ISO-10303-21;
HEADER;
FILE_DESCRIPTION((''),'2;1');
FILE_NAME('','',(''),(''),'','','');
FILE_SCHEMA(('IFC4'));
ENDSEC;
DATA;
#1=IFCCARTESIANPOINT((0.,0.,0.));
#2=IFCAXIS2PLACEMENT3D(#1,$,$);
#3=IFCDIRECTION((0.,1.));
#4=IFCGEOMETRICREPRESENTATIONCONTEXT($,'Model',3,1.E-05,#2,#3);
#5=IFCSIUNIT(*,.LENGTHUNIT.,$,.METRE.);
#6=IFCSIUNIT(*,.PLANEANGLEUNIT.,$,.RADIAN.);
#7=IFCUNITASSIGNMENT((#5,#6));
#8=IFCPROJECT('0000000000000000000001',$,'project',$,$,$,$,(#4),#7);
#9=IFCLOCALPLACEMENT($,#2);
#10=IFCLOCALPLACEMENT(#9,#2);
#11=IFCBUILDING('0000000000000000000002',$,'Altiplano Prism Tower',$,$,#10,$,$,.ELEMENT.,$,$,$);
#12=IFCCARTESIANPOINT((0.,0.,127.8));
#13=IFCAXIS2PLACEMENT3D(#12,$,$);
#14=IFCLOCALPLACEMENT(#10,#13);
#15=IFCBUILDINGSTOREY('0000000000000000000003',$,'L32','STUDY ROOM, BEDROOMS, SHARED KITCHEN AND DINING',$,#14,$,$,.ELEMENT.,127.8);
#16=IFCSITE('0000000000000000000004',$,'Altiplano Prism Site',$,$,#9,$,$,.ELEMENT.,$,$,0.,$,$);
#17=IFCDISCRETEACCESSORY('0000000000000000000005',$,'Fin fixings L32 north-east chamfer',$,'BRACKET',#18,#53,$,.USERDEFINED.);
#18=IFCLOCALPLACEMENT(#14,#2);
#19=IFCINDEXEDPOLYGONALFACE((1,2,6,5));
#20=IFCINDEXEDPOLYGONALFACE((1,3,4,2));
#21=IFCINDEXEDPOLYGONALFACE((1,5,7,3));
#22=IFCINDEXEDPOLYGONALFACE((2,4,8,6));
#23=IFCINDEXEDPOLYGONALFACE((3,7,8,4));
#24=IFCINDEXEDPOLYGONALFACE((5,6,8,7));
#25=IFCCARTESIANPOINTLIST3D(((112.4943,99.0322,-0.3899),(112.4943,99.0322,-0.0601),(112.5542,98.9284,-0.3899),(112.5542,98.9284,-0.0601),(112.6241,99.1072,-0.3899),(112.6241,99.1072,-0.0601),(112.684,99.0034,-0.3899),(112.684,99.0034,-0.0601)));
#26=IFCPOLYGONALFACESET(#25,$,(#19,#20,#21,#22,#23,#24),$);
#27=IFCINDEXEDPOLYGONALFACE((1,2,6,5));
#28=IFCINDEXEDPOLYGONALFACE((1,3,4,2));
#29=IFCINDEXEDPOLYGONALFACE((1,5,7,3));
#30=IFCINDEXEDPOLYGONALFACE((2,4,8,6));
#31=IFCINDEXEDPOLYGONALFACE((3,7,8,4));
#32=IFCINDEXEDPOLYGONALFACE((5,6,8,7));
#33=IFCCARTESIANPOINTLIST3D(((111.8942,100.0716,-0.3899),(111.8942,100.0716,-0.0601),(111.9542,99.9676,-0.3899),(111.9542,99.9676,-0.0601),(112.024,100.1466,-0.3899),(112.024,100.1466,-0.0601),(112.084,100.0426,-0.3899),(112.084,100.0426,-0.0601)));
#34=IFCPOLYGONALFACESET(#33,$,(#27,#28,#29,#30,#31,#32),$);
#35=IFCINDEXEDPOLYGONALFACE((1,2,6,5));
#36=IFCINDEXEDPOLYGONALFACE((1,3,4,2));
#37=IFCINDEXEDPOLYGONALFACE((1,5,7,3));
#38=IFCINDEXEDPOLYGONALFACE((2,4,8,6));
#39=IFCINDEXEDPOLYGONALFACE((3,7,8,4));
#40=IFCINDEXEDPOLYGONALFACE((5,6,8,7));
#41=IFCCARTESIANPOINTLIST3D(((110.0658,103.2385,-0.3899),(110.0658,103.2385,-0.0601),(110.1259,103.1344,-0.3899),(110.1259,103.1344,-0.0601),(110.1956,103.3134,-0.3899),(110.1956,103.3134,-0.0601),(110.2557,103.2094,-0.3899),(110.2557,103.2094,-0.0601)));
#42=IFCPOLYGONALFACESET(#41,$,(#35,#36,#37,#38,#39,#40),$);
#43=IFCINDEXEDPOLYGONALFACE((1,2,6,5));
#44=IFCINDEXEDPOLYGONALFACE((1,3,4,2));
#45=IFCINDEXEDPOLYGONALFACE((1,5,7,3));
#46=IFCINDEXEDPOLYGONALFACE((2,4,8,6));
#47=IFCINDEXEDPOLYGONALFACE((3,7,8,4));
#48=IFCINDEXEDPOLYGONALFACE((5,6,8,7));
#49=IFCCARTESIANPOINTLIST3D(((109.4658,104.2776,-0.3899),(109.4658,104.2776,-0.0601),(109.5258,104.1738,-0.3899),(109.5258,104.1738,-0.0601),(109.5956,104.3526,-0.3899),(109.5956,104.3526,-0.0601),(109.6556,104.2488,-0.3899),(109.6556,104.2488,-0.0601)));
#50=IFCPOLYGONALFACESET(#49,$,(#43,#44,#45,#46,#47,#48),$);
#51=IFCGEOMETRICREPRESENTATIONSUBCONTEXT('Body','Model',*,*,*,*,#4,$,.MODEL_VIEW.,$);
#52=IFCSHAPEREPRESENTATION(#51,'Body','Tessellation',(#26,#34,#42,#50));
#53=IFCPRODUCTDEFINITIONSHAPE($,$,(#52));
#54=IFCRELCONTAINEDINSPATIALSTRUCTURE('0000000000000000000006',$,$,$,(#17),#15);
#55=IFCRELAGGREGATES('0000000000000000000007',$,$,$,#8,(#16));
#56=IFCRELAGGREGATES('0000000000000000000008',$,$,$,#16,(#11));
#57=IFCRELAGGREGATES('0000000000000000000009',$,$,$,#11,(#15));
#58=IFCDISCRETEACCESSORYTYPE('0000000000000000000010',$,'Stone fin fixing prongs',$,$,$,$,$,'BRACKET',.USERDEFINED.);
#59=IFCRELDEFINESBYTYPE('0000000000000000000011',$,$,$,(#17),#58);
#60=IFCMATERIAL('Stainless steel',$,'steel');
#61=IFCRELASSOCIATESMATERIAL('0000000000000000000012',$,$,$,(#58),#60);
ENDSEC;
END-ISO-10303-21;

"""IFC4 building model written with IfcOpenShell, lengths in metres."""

from ifc_helpers import new_model, si_unit, direction, frame, origin, place, context, subcontext, project, spatial, polyline, outline, extrude, source, transform, mapped, material, type_object, element, save


model = new_model("IFC4")

# Units and contexts
model_context = context("Model", 3, precision=1e-05, world=origin(), true_north=direction((0.0, 1.0)))
body_context = subcontext(model_context, "Body", "Model", "MODEL_VIEW")
ifc_project = project(units=[si_unit("LENGTHUNIT", "METRE"), si_unit("PLANEANGLEUNIT", "RADIAN")], contexts=[model_context])

# Site, building, storey
site_placement = place(None, origin())
site = spatial("IfcSite", under=ifc_project, at=site_placement, Name="Altiplano Prism Site", CompositionType="ELEMENT", RefElevation=0.0)
building_placement = place(site_placement, origin())
building = spatial("IfcBuilding", under=site, at=building_placement, Name="Altiplano Prism Tower", CompositionType="ELEMENT")
storey_placement = place(building_placement, frame((0.0, 0.0, 127.8)))
storey = spatial("IfcBuildingStorey", under=building, at=storey_placement, Name="L32", Description="STUDY ROOM, BEDROOMS, SHARED KITCHEN AND DINING", CompositionType="ELEMENT", Elevation=127.8)

# Discrete accessory
ifc_material_1 = material(Name="Stainless steel", Category="steel")
discrete_accessory_type = type_object("IfcDiscreteAccessoryType", Name="Stone fin fixing prongs", ElementType="BRACKET", PredefinedType="USERDEFINED", material=ifc_material_1)
shared_shape_1 = source(origin(), body_context, "Body", "SweptSolid", [
    extrude(outline(polyline([(-3.0884, 0.0601), (-2.9685, 0.0601), (-2.9685, 0.3899), (-3.0884, 0.3899), (-3.0884, 0.0601)])), frame((0.0, 0.0, 0.0), z_axis=(0.0, -1.0, 0.0), x_axis=(1.0, 0.0, 0.0)), (0.0, 0.0, 1.0), 0.1499),
    extrude(outline(polyline([(-1.8884, 0.0601), (-1.7683, 0.0601), (-1.7683, 0.3899), (-1.8884, 0.3899), (-1.8884, 0.0601)])), frame((0.0, 0.0, 0.0), z_axis=(0.0, -1.0, 0.0), x_axis=(1.0, 0.0, 0.0)), (0.0, 0.0, 1.0), 0.1499),
    extrude(outline(polyline([(1.7683, 0.0601), (1.8884, 0.0601), (1.8884, 0.3899), (1.7683, 0.3899), (1.7683, 0.0601)])), frame((0.0, 0.0, 0.0), z_axis=(0.0, -1.0, 0.0), x_axis=(1.0, 0.0, 0.0)), (0.0, 0.0, 1.0), 0.1499),
    extrude(outline(polyline([(2.9685, 0.0601), (3.0884, 0.0601), (3.0884, 0.3899), (2.9685, 0.3899), (2.9685, 0.0601)])), frame((0.0, 0.0, 0.0), z_axis=(0.0, -1.0, 0.0), x_axis=(1.0, 0.0, 0.0)), (0.0, 0.0, 1.0), 0.1499),
])
discrete_accessory_1_placement = place(storey_placement, origin())
element("IfcDiscreteAccessory", 1, at=discrete_accessory_1_placement, inside=storey, type_object=discrete_accessory_type, Name="Fin fixings L32 north-east chamfer", ObjectType="BRACKET", PredefinedType="USERDEFINED", context=body_context, shape_type="MappedRepresentation", body=[
    mapped(shared_shape_1, transform((111.01, 101.603, -0.45), x_axis=(-0.5, 0.866025, 0.0), y_axis=(-0.866025, -0.5, 0.0), z_axis=(0.0, 0.0, 1.0))),
])

save(model, "model.ifc")
